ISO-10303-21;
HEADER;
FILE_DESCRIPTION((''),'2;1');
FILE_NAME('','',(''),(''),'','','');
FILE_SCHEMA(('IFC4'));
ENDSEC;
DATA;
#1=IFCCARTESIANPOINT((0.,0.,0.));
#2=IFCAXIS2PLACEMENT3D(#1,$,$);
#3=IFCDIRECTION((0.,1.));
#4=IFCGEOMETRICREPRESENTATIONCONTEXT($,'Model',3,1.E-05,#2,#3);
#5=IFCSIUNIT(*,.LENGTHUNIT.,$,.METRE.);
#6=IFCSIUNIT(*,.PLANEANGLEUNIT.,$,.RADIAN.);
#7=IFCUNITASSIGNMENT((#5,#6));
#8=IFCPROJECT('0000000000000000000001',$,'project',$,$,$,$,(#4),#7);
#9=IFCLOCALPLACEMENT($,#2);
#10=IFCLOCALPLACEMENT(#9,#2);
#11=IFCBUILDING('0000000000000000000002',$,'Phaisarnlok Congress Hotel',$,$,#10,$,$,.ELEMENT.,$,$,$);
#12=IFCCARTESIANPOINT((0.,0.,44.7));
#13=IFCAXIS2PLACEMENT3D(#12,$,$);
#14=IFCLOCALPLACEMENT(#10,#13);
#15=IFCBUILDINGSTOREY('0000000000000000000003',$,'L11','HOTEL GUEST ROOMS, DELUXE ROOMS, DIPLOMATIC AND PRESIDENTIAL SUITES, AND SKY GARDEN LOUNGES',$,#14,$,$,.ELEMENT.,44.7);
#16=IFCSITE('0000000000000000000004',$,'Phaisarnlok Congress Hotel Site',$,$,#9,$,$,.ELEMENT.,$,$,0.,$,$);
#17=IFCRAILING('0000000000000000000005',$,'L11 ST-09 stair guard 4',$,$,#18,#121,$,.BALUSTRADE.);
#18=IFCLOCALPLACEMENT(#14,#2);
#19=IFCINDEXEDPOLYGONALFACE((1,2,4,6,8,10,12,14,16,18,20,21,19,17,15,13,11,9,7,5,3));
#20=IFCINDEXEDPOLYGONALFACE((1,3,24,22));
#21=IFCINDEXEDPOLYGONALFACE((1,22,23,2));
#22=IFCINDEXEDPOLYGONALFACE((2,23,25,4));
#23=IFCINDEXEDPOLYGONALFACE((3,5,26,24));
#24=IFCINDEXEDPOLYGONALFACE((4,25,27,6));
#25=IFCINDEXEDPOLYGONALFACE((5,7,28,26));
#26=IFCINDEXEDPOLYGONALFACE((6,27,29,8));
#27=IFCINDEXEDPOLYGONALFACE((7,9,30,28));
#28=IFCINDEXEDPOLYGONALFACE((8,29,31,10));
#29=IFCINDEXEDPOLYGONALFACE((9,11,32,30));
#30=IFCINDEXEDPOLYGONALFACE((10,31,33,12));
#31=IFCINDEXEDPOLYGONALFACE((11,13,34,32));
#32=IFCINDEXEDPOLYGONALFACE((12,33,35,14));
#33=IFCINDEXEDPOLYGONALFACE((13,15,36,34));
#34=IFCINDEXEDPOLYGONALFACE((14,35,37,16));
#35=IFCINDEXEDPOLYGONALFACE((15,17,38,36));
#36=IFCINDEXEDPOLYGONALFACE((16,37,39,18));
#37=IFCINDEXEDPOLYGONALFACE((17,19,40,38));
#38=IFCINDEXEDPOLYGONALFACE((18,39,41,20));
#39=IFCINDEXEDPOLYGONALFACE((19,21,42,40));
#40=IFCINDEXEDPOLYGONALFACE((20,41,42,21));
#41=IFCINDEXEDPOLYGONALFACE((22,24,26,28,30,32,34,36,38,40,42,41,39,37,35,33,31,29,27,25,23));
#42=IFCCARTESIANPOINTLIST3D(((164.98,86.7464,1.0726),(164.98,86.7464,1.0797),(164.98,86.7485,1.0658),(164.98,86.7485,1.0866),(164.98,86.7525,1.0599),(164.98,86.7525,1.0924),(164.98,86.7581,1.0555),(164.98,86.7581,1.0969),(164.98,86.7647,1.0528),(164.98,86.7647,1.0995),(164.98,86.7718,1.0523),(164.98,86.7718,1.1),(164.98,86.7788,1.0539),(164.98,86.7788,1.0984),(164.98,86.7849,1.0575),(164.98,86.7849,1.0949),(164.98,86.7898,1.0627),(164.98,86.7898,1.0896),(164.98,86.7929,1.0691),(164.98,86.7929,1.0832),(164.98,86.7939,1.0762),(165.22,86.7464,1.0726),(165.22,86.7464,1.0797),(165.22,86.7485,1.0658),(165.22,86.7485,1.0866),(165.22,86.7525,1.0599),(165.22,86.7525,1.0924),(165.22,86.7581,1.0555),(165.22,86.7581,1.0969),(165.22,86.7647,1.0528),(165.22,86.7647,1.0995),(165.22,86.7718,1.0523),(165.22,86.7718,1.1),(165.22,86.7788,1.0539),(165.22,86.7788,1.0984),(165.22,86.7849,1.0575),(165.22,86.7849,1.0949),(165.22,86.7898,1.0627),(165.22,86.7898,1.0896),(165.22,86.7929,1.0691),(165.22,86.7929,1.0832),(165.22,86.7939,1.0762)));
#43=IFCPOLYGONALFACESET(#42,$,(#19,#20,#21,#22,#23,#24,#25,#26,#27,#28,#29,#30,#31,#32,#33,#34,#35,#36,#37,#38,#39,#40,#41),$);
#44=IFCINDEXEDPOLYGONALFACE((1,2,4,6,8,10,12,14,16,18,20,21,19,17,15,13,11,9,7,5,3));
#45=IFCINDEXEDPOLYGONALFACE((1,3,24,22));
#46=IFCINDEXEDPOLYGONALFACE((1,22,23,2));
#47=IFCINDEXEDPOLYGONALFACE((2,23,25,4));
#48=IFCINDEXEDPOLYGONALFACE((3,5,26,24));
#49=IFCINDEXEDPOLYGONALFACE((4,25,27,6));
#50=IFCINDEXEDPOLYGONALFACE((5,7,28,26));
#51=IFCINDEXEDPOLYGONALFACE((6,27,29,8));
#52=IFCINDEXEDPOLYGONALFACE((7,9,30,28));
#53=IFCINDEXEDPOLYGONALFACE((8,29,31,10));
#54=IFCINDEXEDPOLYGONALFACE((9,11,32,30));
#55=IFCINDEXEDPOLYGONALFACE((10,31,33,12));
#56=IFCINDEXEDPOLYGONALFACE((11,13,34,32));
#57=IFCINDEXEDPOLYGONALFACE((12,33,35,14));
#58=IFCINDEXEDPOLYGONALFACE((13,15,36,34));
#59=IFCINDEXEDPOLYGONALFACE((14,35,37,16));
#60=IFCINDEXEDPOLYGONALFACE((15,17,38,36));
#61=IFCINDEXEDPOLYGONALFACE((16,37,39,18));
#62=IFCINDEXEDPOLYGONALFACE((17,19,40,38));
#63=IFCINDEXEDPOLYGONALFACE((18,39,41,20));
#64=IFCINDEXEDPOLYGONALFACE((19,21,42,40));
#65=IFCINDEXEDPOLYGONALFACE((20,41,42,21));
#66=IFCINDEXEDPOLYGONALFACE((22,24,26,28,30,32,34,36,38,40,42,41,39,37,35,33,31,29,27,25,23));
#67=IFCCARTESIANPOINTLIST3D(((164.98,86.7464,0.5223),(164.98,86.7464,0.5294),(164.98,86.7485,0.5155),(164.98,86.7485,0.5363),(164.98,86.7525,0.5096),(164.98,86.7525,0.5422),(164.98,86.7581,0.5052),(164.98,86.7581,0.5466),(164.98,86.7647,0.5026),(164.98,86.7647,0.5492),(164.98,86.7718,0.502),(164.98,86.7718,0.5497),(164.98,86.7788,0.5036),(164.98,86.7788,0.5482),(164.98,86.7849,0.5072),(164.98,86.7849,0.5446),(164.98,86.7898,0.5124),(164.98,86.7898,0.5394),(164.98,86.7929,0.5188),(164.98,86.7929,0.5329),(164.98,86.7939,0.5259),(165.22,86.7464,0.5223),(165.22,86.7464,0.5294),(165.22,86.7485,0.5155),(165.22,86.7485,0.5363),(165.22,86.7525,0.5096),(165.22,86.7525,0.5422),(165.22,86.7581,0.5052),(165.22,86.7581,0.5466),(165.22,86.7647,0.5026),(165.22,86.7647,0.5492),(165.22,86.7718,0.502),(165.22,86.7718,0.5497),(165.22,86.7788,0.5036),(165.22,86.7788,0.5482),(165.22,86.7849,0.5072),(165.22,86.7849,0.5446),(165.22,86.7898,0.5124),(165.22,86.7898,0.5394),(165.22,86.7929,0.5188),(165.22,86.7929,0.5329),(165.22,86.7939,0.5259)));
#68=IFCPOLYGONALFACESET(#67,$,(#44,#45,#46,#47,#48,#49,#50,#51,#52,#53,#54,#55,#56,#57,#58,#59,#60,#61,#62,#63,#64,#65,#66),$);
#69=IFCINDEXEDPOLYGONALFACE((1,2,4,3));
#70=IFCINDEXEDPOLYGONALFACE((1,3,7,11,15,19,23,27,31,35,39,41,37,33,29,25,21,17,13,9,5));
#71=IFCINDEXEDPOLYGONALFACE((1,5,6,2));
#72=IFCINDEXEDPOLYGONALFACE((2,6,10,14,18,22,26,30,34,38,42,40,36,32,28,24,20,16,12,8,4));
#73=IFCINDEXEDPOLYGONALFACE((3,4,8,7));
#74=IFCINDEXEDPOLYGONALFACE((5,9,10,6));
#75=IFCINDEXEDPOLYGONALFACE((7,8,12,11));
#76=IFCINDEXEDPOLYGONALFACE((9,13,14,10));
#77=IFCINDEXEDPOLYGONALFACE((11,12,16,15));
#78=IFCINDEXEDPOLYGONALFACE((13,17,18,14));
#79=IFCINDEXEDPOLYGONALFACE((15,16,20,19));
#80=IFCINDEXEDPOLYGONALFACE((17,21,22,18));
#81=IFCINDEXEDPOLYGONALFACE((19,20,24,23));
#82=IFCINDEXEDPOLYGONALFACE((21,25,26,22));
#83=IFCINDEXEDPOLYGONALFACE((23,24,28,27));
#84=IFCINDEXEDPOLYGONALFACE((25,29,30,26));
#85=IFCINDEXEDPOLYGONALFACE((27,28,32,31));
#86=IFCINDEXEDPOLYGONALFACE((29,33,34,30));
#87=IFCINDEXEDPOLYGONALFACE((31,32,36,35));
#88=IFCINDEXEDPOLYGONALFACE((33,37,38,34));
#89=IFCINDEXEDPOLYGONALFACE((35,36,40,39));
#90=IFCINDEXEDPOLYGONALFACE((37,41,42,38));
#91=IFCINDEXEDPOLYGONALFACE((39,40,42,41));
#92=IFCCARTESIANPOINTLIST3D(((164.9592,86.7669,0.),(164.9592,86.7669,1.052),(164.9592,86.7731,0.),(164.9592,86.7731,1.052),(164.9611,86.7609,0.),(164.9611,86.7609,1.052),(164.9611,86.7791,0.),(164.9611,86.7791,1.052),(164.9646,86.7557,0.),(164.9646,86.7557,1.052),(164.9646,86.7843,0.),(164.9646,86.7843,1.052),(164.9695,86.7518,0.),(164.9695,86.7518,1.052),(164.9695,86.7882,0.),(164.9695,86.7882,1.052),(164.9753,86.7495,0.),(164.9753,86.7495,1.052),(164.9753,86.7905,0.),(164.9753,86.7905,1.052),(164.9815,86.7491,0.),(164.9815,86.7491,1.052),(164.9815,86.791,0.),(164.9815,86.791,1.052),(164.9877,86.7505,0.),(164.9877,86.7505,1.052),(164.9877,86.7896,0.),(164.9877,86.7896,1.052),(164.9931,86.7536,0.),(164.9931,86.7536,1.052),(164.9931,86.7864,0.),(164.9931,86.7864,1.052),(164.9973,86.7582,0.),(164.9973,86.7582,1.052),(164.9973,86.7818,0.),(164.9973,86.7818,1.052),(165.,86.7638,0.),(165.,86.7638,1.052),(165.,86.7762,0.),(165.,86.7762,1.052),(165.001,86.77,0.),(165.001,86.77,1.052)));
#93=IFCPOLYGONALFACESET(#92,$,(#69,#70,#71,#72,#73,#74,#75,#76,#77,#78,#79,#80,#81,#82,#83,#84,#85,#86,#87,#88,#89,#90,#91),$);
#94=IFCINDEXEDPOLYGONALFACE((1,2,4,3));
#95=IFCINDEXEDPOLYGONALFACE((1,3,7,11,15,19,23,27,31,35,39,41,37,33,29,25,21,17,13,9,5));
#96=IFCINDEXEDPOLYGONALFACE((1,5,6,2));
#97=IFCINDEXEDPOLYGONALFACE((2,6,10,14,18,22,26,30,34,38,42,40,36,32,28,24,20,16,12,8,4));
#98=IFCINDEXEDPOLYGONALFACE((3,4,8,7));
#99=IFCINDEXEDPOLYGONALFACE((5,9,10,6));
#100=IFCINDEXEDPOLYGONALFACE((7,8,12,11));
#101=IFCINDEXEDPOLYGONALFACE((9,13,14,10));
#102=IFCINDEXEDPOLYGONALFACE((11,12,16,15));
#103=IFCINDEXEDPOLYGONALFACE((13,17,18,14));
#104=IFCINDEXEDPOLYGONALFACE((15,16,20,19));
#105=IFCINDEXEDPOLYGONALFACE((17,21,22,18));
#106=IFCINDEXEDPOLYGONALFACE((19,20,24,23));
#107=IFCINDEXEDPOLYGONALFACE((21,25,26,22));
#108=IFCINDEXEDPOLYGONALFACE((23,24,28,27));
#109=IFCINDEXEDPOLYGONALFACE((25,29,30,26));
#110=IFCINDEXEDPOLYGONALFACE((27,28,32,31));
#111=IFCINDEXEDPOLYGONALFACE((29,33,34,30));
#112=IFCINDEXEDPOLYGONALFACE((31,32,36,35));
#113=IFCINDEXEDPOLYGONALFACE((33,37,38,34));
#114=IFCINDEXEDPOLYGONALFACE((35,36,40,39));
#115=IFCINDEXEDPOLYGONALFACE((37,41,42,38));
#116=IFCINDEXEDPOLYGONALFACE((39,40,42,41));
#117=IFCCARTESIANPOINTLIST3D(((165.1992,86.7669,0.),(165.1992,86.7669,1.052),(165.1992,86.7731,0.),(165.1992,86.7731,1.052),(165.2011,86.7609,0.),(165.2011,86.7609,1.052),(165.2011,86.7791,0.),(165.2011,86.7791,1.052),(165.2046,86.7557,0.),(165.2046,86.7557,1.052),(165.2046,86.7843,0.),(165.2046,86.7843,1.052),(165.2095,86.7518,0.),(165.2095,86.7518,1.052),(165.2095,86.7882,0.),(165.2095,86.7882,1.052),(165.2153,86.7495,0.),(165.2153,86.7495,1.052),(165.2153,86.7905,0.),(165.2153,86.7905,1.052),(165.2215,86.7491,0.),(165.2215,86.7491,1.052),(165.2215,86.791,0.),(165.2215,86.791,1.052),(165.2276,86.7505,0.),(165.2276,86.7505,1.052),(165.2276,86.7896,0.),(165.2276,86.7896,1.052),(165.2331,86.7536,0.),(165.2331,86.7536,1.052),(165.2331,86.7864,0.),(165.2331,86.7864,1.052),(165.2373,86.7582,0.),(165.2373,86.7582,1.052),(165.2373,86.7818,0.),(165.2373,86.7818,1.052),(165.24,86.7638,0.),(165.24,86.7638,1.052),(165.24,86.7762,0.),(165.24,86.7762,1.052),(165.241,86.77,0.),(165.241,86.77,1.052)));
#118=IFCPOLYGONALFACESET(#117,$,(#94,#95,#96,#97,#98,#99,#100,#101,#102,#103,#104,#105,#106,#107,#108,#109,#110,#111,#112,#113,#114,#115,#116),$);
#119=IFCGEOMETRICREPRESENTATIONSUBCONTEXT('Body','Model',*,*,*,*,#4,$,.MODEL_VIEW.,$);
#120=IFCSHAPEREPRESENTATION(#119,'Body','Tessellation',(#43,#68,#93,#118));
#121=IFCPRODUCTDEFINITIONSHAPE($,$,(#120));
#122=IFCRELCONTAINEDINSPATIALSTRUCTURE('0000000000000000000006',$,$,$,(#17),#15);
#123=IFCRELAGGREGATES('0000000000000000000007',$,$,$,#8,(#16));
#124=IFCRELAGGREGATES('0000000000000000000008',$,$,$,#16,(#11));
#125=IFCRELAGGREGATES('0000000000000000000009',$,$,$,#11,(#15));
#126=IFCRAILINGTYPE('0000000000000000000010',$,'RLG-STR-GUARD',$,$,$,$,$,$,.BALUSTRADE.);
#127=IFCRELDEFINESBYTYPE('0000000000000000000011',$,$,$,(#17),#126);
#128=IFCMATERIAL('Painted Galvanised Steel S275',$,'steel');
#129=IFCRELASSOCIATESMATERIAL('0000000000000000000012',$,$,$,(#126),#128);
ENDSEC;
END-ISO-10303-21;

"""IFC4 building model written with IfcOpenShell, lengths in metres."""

from ifc_helpers import new_model, si_unit, direction, frame, origin, origin_2d, place, context, subcontext, project, spatial, circle, extrude, material, type_object, element, save


model = new_model("IFC4")

# Units and contexts
model_context = context("Model", 3, precision=1e-05, world=origin(), true_north=direction((0.0, 1.0)))
body_context = subcontext(model_context, "Body", "Model", "MODEL_VIEW")
ifc_project = project(units=[si_unit("LENGTHUNIT", "METRE"), si_unit("PLANEANGLEUNIT", "RADIAN")], contexts=[model_context])

# Site, building, storey
site_placement = place(None, origin())
site = spatial("IfcSite", under=ifc_project, at=site_placement, Name="Phaisarnlok Congress Hotel Site", CompositionType="ELEMENT", RefElevation=0.0)
building_placement = place(site_placement, origin())
building = spatial("IfcBuilding", under=site, at=building_placement, Name="Phaisarnlok Congress Hotel", CompositionType="ELEMENT")
storey_placement = place(building_placement, frame((0.0, 0.0, 44.7)))
storey = spatial("IfcBuildingStorey", under=building, at=storey_placement, Name="L11", Description="HOTEL GUEST ROOMS, DELUXE ROOMS, DIPLOMATIC AND PRESIDENTIAL SUITES, AND SKY GARDEN LOUNGES", CompositionType="ELEMENT", Elevation=44.7)

# Railing
ifc_material_1 = material(Name="Painted Galvanised Steel S275", Category="steel")
railing_type_1 = type_object("IfcRailingType", Name="RLG-STR-GUARD", PredefinedType="BALUSTRADE", material=ifc_material_1)
railing_1_placement = place(storey_placement, frame((164.98, 86.77, 0.0)))
element("IfcRailing", 1, at=railing_1_placement, inside=storey, type_object=railing_type_1, Name="L11 ST-09 stair guard 4", PredefinedType="BALUSTRADE", context=body_context, shape_type="SweptSolid", body=[
    extrude(circle(Radius=0.0239, at=origin_2d()), frame((0.0, 0.0, 1.0762), z_axis=(1.0, 0.0, 0.0), x_axis=(0.0, 1.0, 0.0)), (0.0, 0.0, 1.0), 0.24),
    extrude(circle(Radius=0.0239, at=origin_2d()), frame((0.0, 0.0, 0.5259), z_axis=(1.0, 0.0, 0.0), x_axis=(0.0, 1.0, 0.0)), (0.0, 0.0, 1.0), 0.24),
    extrude(circle(Radius=0.021, at=origin_2d()), origin(), (0.0, 0.0, 1.0), 1.052),
    extrude(circle(Radius=0.021, at=origin_2d()), frame((0.24, 0.0, 0.0)), (0.0, 0.0, 1.0), 1.052),
])

save(model, "model.ifc")
